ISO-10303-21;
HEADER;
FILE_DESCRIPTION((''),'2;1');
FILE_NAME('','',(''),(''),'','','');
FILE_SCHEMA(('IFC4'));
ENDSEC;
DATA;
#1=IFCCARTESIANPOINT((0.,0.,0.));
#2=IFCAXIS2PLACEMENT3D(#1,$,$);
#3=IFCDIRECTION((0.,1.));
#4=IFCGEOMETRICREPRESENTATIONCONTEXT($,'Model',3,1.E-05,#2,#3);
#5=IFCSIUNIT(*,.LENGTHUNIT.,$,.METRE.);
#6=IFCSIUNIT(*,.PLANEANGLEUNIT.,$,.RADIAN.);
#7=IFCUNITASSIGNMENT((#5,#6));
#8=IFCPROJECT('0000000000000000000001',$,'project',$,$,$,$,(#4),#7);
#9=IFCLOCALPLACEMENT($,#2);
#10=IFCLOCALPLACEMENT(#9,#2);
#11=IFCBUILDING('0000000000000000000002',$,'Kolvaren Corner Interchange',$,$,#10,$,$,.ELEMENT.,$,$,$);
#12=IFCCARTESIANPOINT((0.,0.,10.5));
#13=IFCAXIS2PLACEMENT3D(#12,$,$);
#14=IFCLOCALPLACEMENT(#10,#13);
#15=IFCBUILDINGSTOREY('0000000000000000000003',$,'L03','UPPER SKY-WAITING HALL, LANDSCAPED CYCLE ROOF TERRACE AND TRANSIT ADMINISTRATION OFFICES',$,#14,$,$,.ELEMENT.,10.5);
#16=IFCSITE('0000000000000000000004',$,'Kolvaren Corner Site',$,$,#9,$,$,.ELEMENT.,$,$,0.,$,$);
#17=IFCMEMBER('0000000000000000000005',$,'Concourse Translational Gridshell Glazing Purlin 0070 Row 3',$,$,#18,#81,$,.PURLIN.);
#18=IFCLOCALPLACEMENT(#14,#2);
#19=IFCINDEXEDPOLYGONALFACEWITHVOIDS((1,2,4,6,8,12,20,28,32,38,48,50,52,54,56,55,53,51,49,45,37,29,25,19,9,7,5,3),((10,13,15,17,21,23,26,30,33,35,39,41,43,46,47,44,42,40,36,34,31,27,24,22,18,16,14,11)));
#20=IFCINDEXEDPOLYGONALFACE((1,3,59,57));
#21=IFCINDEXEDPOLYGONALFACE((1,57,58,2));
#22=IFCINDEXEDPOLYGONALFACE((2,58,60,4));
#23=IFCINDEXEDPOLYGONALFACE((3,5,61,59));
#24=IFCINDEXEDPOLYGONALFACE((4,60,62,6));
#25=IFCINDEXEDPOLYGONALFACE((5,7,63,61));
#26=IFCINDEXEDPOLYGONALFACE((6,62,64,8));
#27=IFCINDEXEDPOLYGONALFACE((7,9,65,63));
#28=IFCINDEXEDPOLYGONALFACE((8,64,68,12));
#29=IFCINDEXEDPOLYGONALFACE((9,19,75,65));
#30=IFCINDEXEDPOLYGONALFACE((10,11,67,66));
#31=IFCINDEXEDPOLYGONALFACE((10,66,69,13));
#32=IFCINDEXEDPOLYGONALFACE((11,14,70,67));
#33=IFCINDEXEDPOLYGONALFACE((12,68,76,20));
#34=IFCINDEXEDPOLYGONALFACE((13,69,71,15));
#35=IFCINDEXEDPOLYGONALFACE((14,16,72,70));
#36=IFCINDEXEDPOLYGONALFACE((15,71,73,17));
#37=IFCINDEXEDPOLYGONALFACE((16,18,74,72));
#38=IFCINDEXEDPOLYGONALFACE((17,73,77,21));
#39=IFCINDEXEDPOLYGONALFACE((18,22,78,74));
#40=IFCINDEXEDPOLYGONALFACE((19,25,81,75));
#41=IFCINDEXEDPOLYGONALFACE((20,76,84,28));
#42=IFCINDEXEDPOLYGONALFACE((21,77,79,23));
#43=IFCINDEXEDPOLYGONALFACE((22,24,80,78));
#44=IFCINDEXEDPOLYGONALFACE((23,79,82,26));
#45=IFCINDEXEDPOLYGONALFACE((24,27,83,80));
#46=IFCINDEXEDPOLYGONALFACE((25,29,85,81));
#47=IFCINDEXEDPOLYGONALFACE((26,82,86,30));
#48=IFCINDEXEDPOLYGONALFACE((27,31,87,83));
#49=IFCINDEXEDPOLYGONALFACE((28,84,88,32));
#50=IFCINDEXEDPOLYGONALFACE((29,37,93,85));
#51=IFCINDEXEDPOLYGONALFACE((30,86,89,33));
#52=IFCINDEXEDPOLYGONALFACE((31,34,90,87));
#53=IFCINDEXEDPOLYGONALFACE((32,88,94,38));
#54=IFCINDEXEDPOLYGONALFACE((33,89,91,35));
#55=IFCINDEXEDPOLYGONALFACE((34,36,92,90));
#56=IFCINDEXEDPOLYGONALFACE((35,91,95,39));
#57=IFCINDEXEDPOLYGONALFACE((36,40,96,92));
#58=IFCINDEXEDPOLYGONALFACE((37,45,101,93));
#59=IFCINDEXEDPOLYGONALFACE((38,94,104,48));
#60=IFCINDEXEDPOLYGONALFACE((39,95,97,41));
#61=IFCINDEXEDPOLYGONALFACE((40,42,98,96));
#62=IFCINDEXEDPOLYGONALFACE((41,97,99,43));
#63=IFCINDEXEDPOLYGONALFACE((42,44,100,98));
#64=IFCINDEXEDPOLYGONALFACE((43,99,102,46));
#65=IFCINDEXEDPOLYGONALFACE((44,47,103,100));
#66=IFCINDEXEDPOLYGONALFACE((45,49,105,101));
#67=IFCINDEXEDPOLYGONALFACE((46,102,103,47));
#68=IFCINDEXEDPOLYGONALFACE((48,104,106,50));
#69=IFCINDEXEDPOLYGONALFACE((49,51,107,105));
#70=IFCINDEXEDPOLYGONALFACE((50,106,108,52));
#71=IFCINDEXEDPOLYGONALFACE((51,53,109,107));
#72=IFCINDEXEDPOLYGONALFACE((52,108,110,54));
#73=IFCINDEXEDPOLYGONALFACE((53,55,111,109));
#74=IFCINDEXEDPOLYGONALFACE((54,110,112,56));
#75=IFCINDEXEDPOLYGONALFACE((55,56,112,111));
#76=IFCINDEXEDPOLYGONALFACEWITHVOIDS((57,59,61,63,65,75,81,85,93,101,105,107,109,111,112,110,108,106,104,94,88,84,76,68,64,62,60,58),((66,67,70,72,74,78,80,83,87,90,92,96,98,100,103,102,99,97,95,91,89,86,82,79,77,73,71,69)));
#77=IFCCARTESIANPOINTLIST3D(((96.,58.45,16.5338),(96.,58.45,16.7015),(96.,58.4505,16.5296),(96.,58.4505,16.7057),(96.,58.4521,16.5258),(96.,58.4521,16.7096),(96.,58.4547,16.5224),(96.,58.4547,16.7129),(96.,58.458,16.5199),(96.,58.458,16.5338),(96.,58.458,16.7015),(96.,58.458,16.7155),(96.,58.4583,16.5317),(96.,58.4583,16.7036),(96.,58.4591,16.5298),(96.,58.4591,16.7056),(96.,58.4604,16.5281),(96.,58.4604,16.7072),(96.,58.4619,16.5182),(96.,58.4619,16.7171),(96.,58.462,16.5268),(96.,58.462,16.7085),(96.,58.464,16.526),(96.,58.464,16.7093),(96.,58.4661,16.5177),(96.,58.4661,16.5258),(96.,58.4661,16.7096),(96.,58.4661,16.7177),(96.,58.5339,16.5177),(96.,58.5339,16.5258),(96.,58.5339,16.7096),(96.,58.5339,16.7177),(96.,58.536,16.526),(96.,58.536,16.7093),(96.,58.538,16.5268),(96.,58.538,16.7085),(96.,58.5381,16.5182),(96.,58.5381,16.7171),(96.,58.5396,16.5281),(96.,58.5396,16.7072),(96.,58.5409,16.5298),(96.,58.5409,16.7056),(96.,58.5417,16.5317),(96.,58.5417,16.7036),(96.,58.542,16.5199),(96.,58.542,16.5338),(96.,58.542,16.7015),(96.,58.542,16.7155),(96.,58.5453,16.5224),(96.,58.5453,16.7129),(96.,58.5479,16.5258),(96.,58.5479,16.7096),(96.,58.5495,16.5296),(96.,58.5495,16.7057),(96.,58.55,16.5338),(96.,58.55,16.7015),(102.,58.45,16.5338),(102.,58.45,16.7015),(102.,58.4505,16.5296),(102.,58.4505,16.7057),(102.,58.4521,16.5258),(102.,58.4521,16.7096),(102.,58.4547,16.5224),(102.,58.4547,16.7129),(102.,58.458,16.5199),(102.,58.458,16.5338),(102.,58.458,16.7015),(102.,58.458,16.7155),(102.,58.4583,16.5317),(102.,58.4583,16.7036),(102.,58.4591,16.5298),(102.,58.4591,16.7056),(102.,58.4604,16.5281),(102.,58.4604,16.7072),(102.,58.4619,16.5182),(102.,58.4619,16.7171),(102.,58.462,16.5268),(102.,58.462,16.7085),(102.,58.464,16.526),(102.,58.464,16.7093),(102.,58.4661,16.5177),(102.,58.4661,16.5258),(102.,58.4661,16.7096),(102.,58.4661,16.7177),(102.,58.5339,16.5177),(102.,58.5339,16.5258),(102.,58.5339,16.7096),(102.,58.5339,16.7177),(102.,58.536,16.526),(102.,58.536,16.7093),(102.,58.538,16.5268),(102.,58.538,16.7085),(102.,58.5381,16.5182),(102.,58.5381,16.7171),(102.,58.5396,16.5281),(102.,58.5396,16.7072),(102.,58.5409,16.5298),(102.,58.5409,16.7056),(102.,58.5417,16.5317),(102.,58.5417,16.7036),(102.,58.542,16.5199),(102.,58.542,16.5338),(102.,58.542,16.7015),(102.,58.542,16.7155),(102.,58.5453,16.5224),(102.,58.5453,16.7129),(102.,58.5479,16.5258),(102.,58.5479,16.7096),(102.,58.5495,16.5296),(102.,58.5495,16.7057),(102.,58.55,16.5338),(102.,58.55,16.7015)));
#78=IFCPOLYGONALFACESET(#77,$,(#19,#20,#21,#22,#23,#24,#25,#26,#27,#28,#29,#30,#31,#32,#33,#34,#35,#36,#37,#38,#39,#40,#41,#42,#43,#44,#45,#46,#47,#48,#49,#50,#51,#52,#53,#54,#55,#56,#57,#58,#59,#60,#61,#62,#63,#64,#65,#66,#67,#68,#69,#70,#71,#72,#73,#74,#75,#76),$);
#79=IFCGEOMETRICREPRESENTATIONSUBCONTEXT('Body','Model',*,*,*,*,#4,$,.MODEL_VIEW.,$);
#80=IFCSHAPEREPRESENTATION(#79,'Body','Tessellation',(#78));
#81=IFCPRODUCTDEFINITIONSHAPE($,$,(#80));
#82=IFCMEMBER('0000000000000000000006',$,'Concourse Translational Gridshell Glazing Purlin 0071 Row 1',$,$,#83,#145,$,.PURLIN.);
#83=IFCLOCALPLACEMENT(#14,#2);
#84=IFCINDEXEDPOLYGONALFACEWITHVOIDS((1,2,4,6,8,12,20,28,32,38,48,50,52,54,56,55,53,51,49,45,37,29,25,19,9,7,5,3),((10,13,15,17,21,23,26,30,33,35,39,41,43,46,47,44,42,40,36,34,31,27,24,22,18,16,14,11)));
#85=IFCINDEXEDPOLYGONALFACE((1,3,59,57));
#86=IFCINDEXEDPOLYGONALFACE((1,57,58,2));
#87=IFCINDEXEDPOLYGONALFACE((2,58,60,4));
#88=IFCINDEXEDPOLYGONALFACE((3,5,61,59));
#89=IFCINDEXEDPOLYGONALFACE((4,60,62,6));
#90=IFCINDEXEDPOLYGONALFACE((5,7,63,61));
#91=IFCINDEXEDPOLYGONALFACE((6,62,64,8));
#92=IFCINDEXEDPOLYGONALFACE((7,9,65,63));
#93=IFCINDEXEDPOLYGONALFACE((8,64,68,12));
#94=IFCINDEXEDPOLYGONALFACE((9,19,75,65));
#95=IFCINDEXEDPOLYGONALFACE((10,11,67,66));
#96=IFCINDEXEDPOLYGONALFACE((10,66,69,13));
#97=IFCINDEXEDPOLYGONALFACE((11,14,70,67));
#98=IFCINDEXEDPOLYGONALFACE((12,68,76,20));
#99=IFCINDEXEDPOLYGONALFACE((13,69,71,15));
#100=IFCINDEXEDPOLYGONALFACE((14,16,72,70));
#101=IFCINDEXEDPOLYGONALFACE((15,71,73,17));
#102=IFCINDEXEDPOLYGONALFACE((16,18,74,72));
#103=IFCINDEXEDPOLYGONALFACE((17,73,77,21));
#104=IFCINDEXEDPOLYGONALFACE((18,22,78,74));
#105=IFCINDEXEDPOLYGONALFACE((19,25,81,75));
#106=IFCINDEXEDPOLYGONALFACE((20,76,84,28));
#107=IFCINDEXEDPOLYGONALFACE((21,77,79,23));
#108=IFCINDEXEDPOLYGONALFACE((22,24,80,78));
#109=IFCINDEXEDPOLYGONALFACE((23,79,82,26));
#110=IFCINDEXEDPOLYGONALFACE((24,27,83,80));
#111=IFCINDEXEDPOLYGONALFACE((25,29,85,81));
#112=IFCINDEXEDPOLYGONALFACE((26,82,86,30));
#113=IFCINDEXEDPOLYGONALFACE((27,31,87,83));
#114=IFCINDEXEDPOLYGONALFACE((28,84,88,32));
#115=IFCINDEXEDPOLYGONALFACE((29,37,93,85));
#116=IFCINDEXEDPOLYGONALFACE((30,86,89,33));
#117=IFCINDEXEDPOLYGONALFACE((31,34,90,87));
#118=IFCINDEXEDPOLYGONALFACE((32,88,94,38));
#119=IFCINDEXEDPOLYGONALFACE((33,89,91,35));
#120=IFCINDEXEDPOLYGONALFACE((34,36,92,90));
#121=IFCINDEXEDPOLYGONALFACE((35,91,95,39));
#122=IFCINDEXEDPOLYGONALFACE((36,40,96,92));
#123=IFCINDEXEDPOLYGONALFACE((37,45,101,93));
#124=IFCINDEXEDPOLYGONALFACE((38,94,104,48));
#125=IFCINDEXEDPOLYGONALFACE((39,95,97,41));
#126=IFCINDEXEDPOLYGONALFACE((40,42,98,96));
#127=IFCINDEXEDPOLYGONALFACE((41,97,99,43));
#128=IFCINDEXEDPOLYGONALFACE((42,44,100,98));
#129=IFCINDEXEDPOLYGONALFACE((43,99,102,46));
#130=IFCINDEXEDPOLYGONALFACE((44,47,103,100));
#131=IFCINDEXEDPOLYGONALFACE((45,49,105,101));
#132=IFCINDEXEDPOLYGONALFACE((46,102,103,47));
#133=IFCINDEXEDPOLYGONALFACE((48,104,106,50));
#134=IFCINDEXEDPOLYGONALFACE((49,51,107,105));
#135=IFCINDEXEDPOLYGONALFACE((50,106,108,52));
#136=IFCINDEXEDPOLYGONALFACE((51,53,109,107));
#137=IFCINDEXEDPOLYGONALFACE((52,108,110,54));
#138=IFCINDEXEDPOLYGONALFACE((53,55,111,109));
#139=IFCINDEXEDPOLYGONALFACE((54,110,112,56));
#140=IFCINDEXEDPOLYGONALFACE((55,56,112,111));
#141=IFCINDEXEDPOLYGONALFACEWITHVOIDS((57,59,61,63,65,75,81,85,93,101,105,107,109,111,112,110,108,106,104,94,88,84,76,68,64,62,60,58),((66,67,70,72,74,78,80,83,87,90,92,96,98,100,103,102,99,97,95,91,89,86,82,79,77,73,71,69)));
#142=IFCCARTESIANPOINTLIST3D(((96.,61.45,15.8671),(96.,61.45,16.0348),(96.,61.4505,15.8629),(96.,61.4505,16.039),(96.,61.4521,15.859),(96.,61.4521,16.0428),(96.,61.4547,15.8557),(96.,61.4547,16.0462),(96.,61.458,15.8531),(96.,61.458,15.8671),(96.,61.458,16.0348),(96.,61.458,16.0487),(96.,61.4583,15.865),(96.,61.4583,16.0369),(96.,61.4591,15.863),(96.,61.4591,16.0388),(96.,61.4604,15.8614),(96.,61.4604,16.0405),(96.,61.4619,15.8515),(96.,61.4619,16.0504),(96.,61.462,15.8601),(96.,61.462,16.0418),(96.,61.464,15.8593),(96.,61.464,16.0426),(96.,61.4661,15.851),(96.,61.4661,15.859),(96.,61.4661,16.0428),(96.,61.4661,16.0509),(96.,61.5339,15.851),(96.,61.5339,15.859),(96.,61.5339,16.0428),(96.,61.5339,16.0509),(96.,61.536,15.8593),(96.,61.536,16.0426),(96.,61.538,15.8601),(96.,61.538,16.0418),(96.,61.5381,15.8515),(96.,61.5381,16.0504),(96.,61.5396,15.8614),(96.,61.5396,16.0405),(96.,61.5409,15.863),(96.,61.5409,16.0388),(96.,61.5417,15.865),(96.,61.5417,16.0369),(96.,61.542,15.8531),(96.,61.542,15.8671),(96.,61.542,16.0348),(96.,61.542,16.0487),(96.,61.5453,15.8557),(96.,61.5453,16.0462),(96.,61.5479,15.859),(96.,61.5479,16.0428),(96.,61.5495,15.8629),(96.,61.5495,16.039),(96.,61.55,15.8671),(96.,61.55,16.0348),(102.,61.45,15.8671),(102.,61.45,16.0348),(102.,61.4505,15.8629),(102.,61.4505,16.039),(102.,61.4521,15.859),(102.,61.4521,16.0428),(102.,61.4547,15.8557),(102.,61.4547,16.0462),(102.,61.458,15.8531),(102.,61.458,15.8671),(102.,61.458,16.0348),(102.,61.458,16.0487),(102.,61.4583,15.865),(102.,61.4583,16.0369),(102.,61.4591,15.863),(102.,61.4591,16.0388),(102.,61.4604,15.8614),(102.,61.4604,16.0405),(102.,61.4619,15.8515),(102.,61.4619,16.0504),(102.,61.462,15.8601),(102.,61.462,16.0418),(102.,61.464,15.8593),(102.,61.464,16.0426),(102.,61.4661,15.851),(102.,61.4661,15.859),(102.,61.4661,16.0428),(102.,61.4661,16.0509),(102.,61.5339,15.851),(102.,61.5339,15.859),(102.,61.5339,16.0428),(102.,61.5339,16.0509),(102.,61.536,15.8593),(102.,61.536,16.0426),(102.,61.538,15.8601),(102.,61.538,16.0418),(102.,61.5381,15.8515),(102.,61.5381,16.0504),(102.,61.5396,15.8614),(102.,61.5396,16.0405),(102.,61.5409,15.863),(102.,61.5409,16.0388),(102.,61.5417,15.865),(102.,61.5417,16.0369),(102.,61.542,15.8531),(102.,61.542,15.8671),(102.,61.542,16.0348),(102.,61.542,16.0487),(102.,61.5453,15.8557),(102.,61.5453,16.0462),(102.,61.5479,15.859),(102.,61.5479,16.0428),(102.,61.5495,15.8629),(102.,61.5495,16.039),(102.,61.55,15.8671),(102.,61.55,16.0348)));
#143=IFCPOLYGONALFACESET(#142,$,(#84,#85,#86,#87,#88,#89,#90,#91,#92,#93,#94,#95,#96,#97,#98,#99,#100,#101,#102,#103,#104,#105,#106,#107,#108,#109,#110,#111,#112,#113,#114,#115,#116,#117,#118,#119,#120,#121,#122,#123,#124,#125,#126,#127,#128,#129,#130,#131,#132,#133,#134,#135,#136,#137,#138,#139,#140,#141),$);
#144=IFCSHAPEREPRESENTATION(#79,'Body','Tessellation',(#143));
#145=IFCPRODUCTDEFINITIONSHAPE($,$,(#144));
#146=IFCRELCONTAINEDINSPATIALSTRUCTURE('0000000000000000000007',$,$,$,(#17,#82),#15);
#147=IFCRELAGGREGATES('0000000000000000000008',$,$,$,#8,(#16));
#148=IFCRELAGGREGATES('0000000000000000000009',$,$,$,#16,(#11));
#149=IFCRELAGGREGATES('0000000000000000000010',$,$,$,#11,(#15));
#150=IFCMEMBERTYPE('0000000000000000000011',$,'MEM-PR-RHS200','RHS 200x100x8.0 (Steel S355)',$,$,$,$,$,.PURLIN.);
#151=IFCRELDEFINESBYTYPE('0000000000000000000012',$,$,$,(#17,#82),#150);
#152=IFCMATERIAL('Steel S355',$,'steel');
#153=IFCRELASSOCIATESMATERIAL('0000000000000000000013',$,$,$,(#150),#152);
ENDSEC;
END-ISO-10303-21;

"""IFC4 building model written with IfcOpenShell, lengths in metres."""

from ifc_helpers import new_model, si_unit, direction, frame, origin, origin_2d, place, context, subcontext, project, spatial, hollow_rectangle, extrude, material, material_profile, profile_set, type_object, element, save


model = new_model("IFC4")

# Units and contexts
model_context = context("Model", 3, precision=1e-05, world=origin(), true_north=direction((0.0, 1.0)))
body_context = subcontext(model_context, "Body", "Model", "MODEL_VIEW")
ifc_project = project(units=[si_unit("LENGTHUNIT", "METRE"), si_unit("PLANEANGLEUNIT", "RADIAN")], contexts=[model_context])

# Site, building, storey
site_placement = place(None, origin())
site = spatial("IfcSite", under=ifc_project, at=site_placement, Name="Kolvaren Corner Site", CompositionType="ELEMENT", RefElevation=0.0)
building_placement = place(site_placement, origin())
building = spatial("IfcBuilding", under=site, at=building_placement, Name="Kolvaren Corner Interchange", CompositionType="ELEMENT")
storey_placement = place(building_placement, frame((0.0, 0.0, 10.5)))
storey = spatial("IfcBuildingStorey", under=building, at=storey_placement, Name="L03", Description="UPPER SKY-WAITING HALL, LANDSCAPED CYCLE ROOF TERRACE AND TRANSIT ADMINISTRATION OFFICES", CompositionType="ELEMENT", Elevation=10.5)

# Members
ifc_material_1 = material(Name="Steel S355", Category="steel")
ifc_material_profile_1 = material_profile(ifc_material_1, hollow_rectangle(XDim=0.1001, YDim=0.2, WallThickness=0.0081, InnerFilletRadius=0.0081, OuterFilletRadius=0.0161, at=origin_2d()), Name="RHS 200x100x8.0")
ifc_profile_set_1 = profile_set([ifc_material_profile_1], Name="Steel S355")
member_type_1 = type_object("IfcMemberType", Name="MEM-PR-RHS200", Description="RHS 200x100x8.0 (Steel S355)", PredefinedType="PURLIN", material=ifc_profile_set_1)
for number, where, z_axis, x_axis, name in (
    (1, (96.0, 58.5, 16.6177), (1.0, 0.0, 0.0), (0.0, 1.0, 0.0), "Concourse Translational Gridshell Glazing Purlin 0070 Row 3"),
    (2, (96.0, 61.5, 15.9509), (1.0, 0.0, 0.0), (0.0, 1.0, 0.0), "Concourse Translational Gridshell Glazing Purlin 0071 Row 1"),
):
    element("IfcMember", number, at=place(storey_placement, frame(where, z_axis=z_axis, x_axis=x_axis)), inside=storey, type_object=member_type_1, Name=name, PredefinedType="PURLIN", context=body_context, shape_type="SweptSolid", body=[
        extrude(hollow_rectangle(XDim=0.1001, YDim=0.2, WallThickness=0.0081, InnerFilletRadius=0.0081, OuterFilletRadius=0.0161, at=origin_2d()), origin(), (0.0, 0.0, 1.0), 6.0),
    ])

save(model, "model.ifc")
